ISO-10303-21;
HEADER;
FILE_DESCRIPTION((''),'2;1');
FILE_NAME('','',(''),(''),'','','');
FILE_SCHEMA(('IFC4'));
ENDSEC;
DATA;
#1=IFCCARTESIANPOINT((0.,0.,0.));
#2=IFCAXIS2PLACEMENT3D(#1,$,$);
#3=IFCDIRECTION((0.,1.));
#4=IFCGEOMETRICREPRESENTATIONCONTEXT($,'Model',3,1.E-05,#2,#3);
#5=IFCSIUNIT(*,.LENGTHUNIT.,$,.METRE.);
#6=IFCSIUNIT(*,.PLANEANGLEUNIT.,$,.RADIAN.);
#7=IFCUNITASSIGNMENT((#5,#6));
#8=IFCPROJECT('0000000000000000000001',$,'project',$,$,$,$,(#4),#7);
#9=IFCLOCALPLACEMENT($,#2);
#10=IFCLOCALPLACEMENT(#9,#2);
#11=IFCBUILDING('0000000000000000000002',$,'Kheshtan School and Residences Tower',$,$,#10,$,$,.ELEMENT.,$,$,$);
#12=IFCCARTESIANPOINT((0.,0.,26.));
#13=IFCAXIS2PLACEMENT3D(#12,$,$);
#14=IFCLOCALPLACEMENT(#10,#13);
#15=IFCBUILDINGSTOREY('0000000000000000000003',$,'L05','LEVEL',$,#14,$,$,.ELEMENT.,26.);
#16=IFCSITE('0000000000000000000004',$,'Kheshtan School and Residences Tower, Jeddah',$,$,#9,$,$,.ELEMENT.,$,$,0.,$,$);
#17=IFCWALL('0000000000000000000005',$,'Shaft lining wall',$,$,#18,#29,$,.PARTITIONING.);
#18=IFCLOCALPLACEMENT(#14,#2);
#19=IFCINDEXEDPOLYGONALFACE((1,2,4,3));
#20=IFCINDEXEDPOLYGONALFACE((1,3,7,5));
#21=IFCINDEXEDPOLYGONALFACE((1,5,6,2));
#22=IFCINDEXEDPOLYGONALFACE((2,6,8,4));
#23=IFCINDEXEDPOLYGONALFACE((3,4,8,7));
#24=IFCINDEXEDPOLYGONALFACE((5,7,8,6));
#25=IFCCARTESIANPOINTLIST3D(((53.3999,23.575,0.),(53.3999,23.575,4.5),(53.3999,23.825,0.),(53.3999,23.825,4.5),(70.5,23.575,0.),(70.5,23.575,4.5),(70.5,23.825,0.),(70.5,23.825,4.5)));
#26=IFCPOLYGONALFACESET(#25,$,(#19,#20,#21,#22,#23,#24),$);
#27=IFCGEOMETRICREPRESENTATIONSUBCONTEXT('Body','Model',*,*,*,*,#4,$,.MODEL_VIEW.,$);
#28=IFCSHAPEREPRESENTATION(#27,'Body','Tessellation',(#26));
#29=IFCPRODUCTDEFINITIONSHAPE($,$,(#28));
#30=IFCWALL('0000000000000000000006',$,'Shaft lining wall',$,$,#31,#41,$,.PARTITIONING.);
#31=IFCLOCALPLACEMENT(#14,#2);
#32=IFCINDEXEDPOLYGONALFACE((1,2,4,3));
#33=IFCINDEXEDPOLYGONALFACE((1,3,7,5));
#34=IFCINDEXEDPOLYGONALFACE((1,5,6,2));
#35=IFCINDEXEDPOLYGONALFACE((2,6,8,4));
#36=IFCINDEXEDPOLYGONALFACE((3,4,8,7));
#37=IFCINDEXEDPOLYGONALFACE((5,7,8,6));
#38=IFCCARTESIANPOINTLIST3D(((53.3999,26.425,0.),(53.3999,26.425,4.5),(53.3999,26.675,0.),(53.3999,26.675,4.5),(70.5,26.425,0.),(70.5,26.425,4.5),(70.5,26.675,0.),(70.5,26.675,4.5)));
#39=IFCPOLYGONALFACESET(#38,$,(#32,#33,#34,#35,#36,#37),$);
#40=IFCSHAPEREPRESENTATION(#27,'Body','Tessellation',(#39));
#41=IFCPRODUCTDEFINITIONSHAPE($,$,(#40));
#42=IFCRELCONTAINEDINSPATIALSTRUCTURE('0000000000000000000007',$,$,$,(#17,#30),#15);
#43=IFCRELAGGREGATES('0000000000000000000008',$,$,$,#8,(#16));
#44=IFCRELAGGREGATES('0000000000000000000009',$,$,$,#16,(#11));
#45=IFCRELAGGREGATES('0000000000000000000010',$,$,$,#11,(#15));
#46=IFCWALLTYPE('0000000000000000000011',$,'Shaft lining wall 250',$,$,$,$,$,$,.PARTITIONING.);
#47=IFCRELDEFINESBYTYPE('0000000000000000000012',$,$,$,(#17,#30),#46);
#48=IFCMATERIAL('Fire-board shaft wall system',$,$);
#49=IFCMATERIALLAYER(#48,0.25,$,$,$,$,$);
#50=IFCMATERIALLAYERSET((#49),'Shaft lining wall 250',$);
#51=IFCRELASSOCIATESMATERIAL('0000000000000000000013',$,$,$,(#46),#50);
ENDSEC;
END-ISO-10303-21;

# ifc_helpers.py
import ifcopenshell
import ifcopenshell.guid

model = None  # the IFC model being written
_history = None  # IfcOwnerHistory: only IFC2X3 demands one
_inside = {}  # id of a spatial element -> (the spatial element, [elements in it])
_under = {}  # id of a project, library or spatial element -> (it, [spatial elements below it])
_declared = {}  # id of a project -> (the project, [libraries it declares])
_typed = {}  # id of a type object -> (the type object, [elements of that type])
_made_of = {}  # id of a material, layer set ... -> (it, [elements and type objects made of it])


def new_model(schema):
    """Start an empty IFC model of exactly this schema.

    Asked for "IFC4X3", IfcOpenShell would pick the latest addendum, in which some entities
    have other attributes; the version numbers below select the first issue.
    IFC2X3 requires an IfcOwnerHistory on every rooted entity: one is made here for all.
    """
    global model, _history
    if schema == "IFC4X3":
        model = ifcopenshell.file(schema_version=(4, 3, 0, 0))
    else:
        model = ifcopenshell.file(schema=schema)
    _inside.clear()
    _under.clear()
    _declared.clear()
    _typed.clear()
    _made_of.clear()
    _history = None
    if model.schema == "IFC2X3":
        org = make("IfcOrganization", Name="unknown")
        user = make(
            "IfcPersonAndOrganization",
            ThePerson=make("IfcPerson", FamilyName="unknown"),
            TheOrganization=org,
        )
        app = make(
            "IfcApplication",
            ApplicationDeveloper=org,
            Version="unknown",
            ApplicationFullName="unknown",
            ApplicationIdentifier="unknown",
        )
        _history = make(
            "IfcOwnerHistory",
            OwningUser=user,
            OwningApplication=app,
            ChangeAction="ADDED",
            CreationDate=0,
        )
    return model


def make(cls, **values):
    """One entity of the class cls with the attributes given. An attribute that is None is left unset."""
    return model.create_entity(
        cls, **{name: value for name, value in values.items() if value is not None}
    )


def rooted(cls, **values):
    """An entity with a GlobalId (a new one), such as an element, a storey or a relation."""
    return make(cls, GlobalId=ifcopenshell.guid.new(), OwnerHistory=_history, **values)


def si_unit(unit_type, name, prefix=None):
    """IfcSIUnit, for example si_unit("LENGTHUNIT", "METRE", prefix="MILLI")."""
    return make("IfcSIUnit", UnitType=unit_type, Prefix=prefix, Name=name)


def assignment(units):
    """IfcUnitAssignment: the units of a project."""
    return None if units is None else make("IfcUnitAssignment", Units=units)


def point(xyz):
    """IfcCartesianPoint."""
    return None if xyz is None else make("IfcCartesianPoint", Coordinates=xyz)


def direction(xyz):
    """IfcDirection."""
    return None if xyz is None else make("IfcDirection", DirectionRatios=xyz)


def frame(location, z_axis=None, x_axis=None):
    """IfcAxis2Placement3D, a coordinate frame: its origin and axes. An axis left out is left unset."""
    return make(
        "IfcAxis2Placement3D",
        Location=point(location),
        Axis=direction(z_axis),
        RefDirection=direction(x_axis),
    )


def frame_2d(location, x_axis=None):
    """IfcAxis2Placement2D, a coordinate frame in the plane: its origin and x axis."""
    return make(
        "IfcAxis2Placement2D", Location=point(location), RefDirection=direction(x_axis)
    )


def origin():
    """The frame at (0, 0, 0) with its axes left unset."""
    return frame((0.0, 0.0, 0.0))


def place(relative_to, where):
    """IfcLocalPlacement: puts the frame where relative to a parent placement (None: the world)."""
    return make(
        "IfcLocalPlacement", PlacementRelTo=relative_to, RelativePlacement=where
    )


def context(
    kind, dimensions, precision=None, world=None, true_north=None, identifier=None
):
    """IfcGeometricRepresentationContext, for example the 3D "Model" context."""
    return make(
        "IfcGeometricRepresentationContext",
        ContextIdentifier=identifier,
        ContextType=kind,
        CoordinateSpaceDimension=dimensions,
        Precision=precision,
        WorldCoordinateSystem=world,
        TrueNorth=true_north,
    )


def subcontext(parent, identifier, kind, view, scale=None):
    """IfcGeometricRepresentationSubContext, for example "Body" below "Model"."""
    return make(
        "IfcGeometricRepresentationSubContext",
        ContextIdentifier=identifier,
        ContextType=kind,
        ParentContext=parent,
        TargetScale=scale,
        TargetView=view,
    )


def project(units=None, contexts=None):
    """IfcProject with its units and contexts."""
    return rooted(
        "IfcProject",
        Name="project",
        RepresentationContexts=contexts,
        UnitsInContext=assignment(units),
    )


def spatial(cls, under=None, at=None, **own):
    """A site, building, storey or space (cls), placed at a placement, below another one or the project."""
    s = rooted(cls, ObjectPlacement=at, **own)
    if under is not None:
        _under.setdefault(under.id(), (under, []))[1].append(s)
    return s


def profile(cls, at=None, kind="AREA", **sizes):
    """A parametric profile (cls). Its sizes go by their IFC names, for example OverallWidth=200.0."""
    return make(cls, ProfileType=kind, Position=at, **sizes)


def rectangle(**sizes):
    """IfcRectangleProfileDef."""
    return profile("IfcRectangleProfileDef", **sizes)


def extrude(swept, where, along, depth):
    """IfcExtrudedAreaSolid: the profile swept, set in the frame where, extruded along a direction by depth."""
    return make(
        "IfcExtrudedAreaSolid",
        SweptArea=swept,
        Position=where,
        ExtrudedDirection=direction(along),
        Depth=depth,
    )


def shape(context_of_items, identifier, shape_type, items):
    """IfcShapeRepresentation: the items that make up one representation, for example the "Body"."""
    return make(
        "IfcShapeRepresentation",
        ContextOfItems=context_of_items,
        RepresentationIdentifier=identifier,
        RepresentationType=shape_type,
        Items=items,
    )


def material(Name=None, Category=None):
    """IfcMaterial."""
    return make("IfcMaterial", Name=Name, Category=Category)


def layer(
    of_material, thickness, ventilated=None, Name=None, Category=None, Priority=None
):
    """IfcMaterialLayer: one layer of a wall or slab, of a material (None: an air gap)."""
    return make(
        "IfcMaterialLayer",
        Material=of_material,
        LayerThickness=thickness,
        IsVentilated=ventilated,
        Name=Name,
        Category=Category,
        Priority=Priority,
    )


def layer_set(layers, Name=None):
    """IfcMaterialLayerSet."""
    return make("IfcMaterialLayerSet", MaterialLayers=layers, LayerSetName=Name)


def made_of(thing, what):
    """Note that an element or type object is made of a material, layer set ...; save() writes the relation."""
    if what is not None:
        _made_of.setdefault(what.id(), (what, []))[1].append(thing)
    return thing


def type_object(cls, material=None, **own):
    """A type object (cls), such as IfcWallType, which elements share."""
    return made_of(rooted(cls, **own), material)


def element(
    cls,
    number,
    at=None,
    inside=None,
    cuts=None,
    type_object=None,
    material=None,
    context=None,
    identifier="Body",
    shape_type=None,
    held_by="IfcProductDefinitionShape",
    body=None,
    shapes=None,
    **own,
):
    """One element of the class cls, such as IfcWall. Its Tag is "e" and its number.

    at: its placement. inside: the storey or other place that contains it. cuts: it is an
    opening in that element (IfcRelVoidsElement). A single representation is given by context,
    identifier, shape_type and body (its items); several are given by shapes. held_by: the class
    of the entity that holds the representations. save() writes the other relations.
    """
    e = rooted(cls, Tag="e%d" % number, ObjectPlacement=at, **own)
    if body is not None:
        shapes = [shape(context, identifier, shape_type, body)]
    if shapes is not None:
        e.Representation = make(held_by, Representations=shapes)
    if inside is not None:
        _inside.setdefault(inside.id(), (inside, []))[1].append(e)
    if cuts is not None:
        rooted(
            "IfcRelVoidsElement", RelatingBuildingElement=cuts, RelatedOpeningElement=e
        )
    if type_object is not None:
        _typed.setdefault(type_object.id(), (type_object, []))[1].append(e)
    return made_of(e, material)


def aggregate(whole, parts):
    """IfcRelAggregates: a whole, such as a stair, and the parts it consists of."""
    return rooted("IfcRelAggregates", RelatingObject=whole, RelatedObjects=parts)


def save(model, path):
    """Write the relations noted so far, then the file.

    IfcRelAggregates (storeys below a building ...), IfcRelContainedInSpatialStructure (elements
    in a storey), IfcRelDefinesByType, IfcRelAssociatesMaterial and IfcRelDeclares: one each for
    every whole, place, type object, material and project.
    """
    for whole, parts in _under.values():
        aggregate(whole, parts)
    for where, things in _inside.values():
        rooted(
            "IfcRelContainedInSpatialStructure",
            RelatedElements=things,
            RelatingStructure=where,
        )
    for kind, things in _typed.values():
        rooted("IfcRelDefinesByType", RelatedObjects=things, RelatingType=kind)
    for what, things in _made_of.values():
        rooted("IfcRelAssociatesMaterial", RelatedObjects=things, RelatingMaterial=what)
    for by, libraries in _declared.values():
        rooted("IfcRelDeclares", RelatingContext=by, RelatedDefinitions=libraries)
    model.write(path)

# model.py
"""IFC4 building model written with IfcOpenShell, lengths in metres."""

from ifc_helpers import new_model, si_unit, direction, frame, frame_2d, origin, place, context, subcontext, project, spatial, rectangle, extrude, material, layer, layer_set, type_object, element, save


model = new_model("IFC4")

# Units and contexts
model_context = context("Model", 3, precision=1e-05, world=origin(), true_north=direction((0.0, 1.0)))
body_context = subcontext(model_context, "Body", "Model", "MODEL_VIEW")
ifc_project = project(units=[si_unit("LENGTHUNIT", "METRE"), si_unit("PLANEANGLEUNIT", "RADIAN")], contexts=[model_context])

# Site, building, storey
site_placement = place(None, origin())
site = spatial("IfcSite", under=ifc_project, at=site_placement, Name="Kheshtan School and Residences Tower, Jeddah", CompositionType="ELEMENT", RefElevation=0.0)
building_placement = place(site_placement, origin())
building = spatial("IfcBuilding", under=site, at=building_placement, Name="Kheshtan School and Residences Tower", CompositionType="ELEMENT")
storey_placement = place(building_placement, frame((0.0, 0.0, 26.0)))
storey = spatial("IfcBuildingStorey", under=building, at=storey_placement, Name="L05", Description="LEVEL", CompositionType="ELEMENT", Elevation=26.0)

# Walls
ifc_material_1 = material(Name="Fire-board shaft wall system")
ifc_layer_1 = layer(ifc_material_1, 0.25)
ifc_layer_set_1 = layer_set([ifc_layer_1], Name="Shaft lining wall 250")
wall_type_1 = type_object("IfcWallType", Name="Shaft lining wall 250", PredefinedType="PARTITIONING", material=ifc_layer_set_1)
for number, where, z_axis, x_axis, name in (
    (1, (53.3999, 23.7, 0.0), (0.0, 0.0, 1.0), (1.0, 0.0, 0.0), "Shaft lining wall"),
    (2, (53.3999, 26.55, 0.0), (0.0, 0.0, 1.0), (1.0, 0.0, 0.0), "Shaft lining wall"),
):
    element("IfcWall", number, at=place(storey_placement, frame(where, z_axis=z_axis, x_axis=x_axis)), inside=storey, type_object=wall_type_1, Name=name, PredefinedType="PARTITIONING", context=body_context, shape_type="SweptSolid", body=[
        extrude(rectangle(XDim=17.1001, YDim=0.25, at=frame_2d((8.55, 0.0))), origin(), (0.0, 0.0, 1.0), 4.5),
    ])

save(model, "model.ifc")
